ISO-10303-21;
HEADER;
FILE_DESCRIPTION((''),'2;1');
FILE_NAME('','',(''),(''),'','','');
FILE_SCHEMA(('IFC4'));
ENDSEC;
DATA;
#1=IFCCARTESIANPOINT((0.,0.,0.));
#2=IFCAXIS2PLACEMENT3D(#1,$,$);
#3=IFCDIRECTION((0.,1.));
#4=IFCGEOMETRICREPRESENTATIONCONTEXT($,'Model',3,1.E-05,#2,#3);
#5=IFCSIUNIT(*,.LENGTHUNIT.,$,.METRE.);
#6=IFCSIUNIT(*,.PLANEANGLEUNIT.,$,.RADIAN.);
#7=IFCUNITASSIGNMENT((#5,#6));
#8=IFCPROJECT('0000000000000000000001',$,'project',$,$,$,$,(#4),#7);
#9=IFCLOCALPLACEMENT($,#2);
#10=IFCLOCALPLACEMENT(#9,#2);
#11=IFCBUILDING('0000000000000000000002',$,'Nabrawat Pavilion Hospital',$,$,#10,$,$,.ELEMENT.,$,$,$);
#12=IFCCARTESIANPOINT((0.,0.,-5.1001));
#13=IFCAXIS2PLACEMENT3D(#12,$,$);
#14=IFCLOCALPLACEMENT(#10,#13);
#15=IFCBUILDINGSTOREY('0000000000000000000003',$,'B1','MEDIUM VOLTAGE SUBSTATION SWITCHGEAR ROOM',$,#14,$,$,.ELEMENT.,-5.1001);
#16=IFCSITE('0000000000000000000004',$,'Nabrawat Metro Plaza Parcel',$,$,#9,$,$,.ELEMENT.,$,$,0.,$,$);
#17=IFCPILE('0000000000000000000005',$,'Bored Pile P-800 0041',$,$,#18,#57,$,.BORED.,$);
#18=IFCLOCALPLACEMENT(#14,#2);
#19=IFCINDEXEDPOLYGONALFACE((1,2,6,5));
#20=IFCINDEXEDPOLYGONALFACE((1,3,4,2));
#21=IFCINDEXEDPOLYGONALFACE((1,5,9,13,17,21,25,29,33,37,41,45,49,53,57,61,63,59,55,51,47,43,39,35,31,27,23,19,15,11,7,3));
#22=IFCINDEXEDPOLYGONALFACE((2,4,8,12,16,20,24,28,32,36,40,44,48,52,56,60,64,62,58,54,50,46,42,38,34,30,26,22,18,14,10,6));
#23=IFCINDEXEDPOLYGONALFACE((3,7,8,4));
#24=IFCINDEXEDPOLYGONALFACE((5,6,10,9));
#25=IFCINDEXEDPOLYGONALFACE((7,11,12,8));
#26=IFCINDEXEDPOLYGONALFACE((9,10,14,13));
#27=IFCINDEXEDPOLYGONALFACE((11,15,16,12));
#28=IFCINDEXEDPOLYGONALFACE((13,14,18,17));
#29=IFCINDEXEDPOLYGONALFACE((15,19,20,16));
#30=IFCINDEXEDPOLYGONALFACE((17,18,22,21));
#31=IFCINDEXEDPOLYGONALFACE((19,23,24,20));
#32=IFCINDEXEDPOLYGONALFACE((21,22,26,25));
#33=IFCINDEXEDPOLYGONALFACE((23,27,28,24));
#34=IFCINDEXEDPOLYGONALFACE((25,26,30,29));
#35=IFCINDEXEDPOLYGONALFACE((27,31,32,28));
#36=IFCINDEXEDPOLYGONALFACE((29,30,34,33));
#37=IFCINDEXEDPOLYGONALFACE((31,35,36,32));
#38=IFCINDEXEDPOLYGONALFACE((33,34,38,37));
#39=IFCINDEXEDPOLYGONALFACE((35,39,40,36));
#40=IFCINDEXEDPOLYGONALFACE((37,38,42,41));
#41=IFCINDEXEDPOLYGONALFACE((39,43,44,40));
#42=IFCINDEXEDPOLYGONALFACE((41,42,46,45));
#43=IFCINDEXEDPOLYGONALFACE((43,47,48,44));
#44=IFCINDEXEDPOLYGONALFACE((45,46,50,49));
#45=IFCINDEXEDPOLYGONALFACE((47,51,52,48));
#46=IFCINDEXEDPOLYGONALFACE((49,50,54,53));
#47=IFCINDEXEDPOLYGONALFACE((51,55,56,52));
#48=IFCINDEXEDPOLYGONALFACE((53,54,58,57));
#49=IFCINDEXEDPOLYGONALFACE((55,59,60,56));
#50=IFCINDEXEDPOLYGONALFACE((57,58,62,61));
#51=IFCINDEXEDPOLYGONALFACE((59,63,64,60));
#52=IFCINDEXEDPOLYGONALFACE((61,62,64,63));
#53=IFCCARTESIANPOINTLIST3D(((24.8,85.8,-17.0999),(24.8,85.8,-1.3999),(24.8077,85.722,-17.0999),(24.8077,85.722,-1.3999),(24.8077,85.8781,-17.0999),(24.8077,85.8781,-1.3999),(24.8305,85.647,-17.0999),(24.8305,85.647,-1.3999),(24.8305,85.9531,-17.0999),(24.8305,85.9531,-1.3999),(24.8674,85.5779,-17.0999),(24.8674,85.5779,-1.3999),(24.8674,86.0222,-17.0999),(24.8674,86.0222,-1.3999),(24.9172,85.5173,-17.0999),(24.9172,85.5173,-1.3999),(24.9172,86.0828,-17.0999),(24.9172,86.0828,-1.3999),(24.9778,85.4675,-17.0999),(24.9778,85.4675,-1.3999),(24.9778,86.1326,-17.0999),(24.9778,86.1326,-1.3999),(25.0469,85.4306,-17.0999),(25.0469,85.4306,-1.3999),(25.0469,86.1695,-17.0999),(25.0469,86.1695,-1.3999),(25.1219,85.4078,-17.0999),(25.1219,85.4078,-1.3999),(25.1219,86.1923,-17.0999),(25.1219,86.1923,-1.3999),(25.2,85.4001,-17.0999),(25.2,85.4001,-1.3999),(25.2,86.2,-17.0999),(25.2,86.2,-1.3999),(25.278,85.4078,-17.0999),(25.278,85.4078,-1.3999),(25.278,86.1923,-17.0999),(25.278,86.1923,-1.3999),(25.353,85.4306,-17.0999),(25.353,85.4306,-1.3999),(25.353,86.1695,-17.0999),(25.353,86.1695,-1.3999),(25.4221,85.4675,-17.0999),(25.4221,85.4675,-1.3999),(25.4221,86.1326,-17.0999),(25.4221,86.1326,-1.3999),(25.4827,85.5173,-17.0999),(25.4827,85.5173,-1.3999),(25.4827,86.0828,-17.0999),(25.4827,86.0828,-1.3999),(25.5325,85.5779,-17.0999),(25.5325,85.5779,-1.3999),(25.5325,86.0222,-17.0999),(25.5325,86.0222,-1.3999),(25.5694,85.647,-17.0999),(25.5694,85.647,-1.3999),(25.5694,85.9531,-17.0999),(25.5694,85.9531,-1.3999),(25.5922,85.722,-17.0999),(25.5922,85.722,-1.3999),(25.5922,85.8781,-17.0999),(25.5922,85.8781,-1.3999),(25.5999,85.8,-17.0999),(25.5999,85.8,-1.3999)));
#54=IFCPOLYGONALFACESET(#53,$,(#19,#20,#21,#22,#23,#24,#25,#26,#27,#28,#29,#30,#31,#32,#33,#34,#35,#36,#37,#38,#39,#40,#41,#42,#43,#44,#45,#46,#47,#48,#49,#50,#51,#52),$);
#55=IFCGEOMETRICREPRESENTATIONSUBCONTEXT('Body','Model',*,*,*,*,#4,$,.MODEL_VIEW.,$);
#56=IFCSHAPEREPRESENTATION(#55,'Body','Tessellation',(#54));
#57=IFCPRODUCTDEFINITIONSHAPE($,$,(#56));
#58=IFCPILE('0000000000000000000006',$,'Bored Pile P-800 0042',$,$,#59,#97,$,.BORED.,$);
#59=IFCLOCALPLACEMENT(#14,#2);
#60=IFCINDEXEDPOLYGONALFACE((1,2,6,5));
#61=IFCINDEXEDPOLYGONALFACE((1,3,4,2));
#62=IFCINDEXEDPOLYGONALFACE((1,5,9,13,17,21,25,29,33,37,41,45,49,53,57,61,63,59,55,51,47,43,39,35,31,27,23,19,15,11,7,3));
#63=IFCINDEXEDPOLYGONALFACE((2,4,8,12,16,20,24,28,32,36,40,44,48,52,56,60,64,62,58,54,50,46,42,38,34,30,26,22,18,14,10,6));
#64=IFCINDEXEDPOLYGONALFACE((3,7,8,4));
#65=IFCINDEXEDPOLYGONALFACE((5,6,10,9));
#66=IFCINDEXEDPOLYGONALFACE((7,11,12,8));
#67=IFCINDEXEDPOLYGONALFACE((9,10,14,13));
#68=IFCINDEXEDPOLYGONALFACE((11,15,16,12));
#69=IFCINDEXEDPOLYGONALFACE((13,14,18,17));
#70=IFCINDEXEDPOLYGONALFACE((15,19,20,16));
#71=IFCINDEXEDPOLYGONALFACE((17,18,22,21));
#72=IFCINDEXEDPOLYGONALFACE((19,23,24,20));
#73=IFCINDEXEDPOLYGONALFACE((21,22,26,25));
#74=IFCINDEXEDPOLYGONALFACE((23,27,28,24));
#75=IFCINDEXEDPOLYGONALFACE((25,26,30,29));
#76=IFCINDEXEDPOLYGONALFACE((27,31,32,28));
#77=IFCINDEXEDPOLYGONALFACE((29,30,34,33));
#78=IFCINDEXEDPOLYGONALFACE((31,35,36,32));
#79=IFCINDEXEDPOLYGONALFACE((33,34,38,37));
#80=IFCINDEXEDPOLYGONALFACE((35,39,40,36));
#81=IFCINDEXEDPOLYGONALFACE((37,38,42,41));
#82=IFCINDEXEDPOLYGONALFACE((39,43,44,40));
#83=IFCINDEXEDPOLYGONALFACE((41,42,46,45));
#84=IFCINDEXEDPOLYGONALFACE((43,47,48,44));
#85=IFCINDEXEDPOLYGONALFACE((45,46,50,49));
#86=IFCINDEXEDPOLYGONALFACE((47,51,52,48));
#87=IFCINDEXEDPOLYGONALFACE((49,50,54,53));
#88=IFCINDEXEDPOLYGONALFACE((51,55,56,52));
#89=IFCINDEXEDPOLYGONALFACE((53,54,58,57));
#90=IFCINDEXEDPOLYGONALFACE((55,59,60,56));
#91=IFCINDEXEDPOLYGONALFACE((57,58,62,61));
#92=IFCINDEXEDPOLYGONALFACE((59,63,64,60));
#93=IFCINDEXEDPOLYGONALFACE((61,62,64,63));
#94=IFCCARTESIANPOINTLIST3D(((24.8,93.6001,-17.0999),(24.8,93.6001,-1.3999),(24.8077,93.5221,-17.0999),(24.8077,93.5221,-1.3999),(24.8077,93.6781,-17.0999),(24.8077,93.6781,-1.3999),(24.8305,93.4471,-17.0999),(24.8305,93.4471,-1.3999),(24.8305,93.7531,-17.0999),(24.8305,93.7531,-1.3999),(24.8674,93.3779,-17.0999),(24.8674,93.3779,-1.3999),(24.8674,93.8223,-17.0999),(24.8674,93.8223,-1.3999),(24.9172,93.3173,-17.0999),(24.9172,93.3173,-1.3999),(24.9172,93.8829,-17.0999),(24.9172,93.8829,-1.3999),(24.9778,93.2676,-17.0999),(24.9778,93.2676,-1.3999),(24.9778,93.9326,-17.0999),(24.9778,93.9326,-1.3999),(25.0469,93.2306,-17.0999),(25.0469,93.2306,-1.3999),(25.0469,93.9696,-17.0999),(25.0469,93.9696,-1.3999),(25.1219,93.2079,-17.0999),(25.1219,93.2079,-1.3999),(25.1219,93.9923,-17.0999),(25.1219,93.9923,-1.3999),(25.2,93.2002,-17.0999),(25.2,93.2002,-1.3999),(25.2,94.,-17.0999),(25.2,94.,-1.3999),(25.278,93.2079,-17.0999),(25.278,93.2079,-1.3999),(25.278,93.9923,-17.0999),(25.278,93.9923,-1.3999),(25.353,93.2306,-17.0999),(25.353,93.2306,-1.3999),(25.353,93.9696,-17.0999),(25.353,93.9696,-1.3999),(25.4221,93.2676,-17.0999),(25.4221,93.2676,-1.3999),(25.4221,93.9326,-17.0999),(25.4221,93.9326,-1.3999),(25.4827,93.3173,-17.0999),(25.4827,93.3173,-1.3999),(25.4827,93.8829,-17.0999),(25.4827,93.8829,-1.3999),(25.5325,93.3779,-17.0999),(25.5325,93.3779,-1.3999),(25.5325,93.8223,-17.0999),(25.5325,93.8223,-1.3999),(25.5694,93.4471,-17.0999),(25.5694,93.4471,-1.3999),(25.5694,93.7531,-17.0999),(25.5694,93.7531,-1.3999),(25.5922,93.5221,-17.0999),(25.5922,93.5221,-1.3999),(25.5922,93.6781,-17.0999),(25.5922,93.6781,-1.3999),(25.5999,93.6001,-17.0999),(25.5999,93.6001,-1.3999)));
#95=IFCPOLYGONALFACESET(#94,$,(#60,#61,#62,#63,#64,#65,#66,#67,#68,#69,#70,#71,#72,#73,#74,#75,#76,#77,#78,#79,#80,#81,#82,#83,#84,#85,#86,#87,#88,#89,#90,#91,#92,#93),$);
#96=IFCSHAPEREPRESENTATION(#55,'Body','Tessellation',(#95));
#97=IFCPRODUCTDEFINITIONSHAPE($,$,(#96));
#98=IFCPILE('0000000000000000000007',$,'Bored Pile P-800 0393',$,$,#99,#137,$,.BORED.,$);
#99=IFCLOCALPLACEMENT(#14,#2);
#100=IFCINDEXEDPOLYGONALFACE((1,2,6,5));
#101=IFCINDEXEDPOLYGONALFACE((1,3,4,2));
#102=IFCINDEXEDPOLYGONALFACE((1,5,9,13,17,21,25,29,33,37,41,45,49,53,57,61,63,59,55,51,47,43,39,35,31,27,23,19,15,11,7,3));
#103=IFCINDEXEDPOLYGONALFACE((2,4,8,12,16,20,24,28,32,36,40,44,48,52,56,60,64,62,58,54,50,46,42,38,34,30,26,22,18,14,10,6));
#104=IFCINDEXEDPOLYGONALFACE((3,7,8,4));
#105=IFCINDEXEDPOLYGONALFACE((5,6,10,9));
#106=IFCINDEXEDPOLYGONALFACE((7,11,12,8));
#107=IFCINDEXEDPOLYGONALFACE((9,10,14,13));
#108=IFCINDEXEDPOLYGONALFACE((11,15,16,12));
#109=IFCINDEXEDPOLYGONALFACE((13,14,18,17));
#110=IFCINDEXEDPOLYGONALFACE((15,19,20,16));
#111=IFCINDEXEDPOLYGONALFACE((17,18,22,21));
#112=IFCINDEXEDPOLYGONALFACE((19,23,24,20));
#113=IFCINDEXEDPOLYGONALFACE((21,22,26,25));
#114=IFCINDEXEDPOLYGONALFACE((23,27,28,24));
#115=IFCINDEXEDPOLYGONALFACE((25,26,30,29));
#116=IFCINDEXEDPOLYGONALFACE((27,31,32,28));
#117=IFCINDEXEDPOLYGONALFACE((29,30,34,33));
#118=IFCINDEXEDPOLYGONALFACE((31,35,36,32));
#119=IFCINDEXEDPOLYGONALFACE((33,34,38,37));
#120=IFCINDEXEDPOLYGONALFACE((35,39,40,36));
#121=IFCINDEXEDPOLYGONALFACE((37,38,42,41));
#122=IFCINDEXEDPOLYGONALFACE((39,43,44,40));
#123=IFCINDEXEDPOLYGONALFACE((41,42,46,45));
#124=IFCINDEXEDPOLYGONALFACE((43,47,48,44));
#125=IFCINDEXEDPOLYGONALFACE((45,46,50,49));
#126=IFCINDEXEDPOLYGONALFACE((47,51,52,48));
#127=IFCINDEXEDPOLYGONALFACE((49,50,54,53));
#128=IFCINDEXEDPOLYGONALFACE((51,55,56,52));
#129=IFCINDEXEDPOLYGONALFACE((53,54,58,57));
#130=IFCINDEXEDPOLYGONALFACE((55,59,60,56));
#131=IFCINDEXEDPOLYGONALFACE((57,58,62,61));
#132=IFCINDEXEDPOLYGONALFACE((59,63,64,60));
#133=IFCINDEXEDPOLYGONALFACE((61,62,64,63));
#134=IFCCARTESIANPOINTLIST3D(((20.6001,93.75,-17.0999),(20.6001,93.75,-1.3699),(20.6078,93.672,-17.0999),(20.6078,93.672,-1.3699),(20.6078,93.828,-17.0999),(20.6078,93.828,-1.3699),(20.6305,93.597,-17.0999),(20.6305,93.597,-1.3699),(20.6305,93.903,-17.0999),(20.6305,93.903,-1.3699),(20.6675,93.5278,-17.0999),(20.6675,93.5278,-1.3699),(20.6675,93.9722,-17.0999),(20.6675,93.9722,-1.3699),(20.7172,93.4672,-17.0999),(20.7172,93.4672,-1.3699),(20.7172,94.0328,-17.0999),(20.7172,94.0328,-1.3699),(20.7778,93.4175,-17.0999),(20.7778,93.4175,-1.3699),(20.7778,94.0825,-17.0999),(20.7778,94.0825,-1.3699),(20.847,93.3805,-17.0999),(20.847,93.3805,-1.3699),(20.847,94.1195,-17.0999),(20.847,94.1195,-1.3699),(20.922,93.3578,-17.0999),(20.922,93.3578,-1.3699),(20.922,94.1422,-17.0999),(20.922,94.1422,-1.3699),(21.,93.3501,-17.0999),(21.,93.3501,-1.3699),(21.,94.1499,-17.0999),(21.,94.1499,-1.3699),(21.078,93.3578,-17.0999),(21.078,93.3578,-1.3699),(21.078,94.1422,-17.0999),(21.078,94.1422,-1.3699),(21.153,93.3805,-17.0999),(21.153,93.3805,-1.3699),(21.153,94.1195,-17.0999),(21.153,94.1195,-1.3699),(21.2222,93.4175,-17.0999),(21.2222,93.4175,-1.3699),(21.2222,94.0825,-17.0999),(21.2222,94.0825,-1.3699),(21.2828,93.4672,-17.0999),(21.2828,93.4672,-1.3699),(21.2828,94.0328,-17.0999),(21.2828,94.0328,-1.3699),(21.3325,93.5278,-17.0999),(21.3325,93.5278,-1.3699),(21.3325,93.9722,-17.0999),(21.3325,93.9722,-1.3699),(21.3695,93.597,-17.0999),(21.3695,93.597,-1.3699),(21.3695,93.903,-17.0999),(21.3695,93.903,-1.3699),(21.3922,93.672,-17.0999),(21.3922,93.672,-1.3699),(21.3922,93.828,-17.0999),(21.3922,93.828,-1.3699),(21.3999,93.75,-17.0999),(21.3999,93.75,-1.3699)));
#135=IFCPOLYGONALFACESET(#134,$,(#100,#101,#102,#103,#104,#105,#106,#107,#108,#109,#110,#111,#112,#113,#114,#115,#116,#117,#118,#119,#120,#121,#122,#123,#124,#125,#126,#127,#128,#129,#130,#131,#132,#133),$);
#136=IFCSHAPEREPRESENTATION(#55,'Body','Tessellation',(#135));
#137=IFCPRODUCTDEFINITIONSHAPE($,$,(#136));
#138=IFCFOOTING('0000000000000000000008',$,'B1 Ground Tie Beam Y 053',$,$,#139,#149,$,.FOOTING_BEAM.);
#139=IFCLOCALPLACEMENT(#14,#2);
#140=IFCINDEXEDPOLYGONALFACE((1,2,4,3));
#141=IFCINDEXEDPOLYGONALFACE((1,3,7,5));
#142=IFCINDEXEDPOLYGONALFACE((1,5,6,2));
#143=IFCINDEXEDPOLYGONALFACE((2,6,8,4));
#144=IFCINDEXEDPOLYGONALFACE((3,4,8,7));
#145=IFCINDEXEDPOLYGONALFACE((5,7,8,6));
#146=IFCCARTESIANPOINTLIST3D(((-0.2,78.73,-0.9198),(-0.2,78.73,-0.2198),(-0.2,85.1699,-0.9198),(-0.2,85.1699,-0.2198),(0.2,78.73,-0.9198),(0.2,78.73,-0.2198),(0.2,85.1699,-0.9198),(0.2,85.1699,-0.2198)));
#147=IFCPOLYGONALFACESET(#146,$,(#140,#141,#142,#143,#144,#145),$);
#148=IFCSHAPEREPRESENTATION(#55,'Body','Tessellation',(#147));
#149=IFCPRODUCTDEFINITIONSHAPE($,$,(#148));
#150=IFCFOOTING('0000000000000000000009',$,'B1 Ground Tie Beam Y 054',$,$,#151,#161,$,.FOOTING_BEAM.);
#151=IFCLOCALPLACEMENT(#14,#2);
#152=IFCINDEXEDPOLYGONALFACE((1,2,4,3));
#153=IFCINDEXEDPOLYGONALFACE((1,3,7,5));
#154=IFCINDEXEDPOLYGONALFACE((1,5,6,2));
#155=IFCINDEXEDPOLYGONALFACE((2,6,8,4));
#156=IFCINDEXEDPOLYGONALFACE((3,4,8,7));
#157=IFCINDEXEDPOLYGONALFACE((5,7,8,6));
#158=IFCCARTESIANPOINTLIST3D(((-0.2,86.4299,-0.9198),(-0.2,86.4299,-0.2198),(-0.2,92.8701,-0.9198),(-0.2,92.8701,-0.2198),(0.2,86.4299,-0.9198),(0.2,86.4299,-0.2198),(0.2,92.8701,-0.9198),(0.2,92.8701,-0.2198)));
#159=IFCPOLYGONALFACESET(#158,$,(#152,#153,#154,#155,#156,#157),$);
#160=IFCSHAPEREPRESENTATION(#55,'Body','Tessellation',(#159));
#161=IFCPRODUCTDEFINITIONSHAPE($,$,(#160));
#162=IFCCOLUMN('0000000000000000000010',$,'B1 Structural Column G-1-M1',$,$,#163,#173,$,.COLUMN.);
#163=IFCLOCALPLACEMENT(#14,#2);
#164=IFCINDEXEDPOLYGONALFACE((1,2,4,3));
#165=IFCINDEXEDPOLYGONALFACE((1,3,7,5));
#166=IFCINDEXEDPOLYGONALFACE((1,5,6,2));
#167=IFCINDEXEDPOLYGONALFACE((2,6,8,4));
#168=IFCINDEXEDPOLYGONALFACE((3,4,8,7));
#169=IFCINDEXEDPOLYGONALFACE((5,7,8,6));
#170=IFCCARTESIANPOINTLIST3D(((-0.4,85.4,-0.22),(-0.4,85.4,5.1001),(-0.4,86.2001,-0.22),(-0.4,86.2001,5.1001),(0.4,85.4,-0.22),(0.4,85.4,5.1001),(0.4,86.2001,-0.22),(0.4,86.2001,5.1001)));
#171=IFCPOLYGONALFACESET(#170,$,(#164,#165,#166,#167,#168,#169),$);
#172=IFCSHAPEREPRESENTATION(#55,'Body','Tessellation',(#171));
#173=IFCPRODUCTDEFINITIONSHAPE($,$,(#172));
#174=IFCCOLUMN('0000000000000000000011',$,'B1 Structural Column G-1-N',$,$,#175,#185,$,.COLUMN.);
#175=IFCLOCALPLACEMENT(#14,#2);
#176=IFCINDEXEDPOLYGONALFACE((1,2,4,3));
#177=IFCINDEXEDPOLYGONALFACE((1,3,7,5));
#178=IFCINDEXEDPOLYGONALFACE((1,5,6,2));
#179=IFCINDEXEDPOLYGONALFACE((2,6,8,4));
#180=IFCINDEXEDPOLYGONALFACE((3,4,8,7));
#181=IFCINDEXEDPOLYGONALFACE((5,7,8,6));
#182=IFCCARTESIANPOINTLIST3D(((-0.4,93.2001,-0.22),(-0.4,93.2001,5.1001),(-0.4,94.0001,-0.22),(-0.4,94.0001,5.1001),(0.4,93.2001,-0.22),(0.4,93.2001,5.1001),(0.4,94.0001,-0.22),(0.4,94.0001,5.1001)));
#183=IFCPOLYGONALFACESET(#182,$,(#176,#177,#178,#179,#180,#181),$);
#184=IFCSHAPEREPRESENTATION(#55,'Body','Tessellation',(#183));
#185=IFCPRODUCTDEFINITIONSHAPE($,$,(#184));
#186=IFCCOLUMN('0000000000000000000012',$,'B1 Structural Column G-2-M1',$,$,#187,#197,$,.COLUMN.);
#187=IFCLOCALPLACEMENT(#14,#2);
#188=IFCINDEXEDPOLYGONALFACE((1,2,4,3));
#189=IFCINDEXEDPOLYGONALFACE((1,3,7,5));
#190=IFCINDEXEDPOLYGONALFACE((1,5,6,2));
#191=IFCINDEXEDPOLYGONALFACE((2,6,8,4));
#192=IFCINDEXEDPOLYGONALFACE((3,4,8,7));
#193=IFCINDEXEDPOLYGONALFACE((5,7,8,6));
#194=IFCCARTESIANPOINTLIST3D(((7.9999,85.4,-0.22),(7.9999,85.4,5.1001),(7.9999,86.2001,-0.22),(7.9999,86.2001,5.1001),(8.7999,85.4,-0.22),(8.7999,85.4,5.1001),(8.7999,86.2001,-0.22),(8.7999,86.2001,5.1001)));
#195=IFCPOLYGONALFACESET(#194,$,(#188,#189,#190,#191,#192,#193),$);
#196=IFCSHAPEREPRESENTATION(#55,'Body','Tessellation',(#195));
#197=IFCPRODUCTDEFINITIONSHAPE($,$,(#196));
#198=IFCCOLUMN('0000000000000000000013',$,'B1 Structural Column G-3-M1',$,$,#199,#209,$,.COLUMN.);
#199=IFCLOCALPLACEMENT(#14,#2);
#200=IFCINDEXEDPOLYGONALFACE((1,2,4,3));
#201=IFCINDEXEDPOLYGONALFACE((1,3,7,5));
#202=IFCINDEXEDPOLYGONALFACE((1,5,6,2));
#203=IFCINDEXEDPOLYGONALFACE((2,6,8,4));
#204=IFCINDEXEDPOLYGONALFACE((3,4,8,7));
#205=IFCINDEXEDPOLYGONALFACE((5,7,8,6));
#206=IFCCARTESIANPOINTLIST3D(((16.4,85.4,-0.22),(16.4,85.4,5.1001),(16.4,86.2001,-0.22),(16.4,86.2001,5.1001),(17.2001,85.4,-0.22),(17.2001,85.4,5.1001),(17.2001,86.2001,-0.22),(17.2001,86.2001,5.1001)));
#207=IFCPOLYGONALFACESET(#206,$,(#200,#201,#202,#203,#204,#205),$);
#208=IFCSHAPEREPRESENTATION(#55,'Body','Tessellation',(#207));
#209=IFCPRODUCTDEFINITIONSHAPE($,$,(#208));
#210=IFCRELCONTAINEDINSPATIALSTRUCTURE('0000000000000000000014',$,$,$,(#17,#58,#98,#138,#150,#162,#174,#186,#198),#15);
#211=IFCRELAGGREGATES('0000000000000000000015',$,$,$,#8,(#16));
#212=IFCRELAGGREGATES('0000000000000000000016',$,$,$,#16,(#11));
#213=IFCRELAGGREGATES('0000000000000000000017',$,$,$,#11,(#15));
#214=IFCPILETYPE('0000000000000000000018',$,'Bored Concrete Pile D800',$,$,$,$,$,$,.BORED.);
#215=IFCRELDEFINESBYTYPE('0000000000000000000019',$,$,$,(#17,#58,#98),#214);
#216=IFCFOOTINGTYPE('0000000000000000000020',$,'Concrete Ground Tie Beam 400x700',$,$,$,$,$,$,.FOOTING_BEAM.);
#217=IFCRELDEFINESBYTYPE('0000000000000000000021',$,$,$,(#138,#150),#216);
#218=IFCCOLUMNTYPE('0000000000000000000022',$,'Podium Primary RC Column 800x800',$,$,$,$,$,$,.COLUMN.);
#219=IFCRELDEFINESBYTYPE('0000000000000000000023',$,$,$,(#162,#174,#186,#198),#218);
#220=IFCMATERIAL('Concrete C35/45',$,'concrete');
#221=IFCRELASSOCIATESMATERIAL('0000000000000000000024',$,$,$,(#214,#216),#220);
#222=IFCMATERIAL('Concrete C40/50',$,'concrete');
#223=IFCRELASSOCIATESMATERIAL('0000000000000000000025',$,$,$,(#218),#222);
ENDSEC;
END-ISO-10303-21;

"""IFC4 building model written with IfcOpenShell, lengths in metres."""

from ifc_helpers import new_model, si_unit, direction, frame, origin, origin_2d, place, context, subcontext, project, spatial, rectangle, circle, extrude, material, material_profile, profile_set, type_object, element, save


model = new_model("IFC4")

# Units and contexts
model_context = context("Model", 3, precision=1e-05, world=origin(), true_north=direction((0.0, 1.0)))
body_context = subcontext(model_context, "Body", "Model", "MODEL_VIEW")
ifc_project = project(units=[si_unit("LENGTHUNIT", "METRE"), si_unit("PLANEANGLEUNIT", "RADIAN")], contexts=[model_context])

# Site, building, storey
site_placement = place(None, origin())
site = spatial("IfcSite", under=ifc_project, at=site_placement, Name="Nabrawat Metro Plaza Parcel", CompositionType="ELEMENT", RefElevation=0.0)
building_placement = place(site_placement, origin())
building = spatial("IfcBuilding", under=site, at=building_placement, Name="Nabrawat Pavilion Hospital", CompositionType="ELEMENT")
storey_placement = place(building_placement, frame((0.0, 0.0, -5.1001)))
storey = spatial("IfcBuildingStorey", under=building, at=storey_placement, Name="B1", Description="MEDIUM VOLTAGE SUBSTATION SWITCHGEAR ROOM", CompositionType="ELEMENT", Elevation=-5.1001)

# Piles
ifc_material_1 = material(Name="Concrete C35/45", Category="concrete")
ifc_material_profile_1 = material_profile(ifc_material_1, circle(Radius=0.3999, at=origin_2d()), Name="DIA 800")
ifc_profile_set_1 = profile_set([ifc_material_profile_1], Name="Concrete C35/45")
pile_type_1 = type_object("IfcPileType", Name="Bored Concrete Pile D800", PredefinedType="BORED", material=ifc_profile_set_1)
for number, where, z_axis, x_axis, name in (
    (1, (25.2, 85.8, -1.3999), (0.0, 0.0, -1.0), (1.0, 0.0, 0.0), "Bored Pile P-800 0041"),
    (2, (25.2, 93.6001, -1.3999), (0.0, 0.0, -1.0), (1.0, 0.0, 0.0), "Bored Pile P-800 0042"),
):
    element("IfcPile", number, at=place(storey_placement, frame(where, z_axis=z_axis, x_axis=x_axis)), inside=storey, type_object=pile_type_1, Name=name, PredefinedType="BORED", context=body_context, shape_type="SweptSolid", body=[
        extrude(circle(Radius=0.3999, at=origin_2d()), origin(), (0.0, 0.0, 1.0), 15.7),
    ])
pile_1_placement = place(storey_placement, frame((21.0, 93.75, -1.3699), z_axis=(0.0, 0.0, -1.0), x_axis=(1.0, 0.0, 0.0)))
element("IfcPile", 3, at=pile_1_placement, inside=storey, type_object=pile_type_1, Name="Bored Pile P-800 0393", PredefinedType="BORED", context=body_context, shape_type="SweptSolid", body=[
    extrude(circle(Radius=0.3999, at=origin_2d()), origin(), (0.0, 0.0, 1.0), 15.73),
])

# Footings
ifc_material_profile_2 = material_profile(ifc_material_1, rectangle(XDim=0.3999, YDim=0.7, at=origin_2d()), Name="RC 400x700")
ifc_profile_set_2 = profile_set([ifc_material_profile_2], Name="Concrete C35/45")
footing_type = type_object("IfcFootingType", Name="Concrete Ground Tie Beam 400x700", PredefinedType="FOOTING_BEAM", material=ifc_profile_set_2)
footing_1_placement = place(storey_placement, frame((0.0, 78.73, -0.5698), z_axis=(0.0, 1.0, 0.0), x_axis=(-1.0, 0.0, 0.0)))
element("IfcFooting", 4, at=footing_1_placement, inside=storey, type_object=footing_type, Name="B1 Ground Tie Beam Y 053", PredefinedType="FOOTING_BEAM", context=body_context, shape_type="SweptSolid", body=[
    extrude(rectangle(XDim=0.3999, YDim=0.7, at=origin_2d()), origin(), (0.0, 0.0, 1.0), 6.4399),
])
footing_2_placement = place(storey_placement, frame((0.0, 86.4299, -0.5698), z_axis=(0.0, 1.0, 0.0), x_axis=(-1.0, 0.0, 0.0)))
element("IfcFooting", 5, at=footing_2_placement, inside=storey, type_object=footing_type, Name="B1 Ground Tie Beam Y 054", PredefinedType="FOOTING_BEAM", context=body_context, shape_type="SweptSolid", body=[
    extrude(rectangle(XDim=0.3999, YDim=0.7, at=origin_2d()), origin(), (0.0, 0.0, 1.0), 6.4402),
])

# Columns
ifc_material_2 = material(Name="Concrete C40/50", Category="concrete")
ifc_material_profile_3 = material_profile(ifc_material_2, rectangle(XDim=0.8, YDim=0.8, at=origin_2d()), Name="RC 800x800")
ifc_profile_set_3 = profile_set([ifc_material_profile_3], Name="Concrete C40/50")
column_type = type_object("IfcColumnType", Name="Podium Primary RC Column 800x800", PredefinedType="COLUMN", material=ifc_profile_set_3)
for number, where, z_axis, x_axis, name in (
    (6, (0.0, 85.8, -0.22), (0.0, 0.0, 1.0), (1.0, 0.0, 0.0), "B1 Structural Column G-1-M1"),
    (7, (0.0, 93.6001, -0.22), (0.0, 0.0, 1.0), (1.0, 0.0, 0.0), "B1 Structural Column G-1-N"),
    (8, (8.3999, 85.8, -0.22), (0.0, 0.0, 1.0), (1.0, 0.0, 0.0), "B1 Structural Column G-2-M1"),
    (9, (16.8, 85.8, -0.22), (0.0, 0.0, 1.0), (1.0, 0.0, 0.0), "B1 Structural Column G-3-M1"),
):
    element("IfcColumn", number, at=place(storey_placement, frame(where, z_axis=z_axis, x_axis=x_axis)), inside=storey, type_object=column_type, Name=name, PredefinedType="COLUMN", context=body_context, shape_type="SweptSolid", body=[
        extrude(rectangle(XDim=0.8, YDim=0.8, at=origin_2d()), origin(), (0.0, 0.0, 1.0), 5.3201),
    ])

save(model, "model.ifc")
